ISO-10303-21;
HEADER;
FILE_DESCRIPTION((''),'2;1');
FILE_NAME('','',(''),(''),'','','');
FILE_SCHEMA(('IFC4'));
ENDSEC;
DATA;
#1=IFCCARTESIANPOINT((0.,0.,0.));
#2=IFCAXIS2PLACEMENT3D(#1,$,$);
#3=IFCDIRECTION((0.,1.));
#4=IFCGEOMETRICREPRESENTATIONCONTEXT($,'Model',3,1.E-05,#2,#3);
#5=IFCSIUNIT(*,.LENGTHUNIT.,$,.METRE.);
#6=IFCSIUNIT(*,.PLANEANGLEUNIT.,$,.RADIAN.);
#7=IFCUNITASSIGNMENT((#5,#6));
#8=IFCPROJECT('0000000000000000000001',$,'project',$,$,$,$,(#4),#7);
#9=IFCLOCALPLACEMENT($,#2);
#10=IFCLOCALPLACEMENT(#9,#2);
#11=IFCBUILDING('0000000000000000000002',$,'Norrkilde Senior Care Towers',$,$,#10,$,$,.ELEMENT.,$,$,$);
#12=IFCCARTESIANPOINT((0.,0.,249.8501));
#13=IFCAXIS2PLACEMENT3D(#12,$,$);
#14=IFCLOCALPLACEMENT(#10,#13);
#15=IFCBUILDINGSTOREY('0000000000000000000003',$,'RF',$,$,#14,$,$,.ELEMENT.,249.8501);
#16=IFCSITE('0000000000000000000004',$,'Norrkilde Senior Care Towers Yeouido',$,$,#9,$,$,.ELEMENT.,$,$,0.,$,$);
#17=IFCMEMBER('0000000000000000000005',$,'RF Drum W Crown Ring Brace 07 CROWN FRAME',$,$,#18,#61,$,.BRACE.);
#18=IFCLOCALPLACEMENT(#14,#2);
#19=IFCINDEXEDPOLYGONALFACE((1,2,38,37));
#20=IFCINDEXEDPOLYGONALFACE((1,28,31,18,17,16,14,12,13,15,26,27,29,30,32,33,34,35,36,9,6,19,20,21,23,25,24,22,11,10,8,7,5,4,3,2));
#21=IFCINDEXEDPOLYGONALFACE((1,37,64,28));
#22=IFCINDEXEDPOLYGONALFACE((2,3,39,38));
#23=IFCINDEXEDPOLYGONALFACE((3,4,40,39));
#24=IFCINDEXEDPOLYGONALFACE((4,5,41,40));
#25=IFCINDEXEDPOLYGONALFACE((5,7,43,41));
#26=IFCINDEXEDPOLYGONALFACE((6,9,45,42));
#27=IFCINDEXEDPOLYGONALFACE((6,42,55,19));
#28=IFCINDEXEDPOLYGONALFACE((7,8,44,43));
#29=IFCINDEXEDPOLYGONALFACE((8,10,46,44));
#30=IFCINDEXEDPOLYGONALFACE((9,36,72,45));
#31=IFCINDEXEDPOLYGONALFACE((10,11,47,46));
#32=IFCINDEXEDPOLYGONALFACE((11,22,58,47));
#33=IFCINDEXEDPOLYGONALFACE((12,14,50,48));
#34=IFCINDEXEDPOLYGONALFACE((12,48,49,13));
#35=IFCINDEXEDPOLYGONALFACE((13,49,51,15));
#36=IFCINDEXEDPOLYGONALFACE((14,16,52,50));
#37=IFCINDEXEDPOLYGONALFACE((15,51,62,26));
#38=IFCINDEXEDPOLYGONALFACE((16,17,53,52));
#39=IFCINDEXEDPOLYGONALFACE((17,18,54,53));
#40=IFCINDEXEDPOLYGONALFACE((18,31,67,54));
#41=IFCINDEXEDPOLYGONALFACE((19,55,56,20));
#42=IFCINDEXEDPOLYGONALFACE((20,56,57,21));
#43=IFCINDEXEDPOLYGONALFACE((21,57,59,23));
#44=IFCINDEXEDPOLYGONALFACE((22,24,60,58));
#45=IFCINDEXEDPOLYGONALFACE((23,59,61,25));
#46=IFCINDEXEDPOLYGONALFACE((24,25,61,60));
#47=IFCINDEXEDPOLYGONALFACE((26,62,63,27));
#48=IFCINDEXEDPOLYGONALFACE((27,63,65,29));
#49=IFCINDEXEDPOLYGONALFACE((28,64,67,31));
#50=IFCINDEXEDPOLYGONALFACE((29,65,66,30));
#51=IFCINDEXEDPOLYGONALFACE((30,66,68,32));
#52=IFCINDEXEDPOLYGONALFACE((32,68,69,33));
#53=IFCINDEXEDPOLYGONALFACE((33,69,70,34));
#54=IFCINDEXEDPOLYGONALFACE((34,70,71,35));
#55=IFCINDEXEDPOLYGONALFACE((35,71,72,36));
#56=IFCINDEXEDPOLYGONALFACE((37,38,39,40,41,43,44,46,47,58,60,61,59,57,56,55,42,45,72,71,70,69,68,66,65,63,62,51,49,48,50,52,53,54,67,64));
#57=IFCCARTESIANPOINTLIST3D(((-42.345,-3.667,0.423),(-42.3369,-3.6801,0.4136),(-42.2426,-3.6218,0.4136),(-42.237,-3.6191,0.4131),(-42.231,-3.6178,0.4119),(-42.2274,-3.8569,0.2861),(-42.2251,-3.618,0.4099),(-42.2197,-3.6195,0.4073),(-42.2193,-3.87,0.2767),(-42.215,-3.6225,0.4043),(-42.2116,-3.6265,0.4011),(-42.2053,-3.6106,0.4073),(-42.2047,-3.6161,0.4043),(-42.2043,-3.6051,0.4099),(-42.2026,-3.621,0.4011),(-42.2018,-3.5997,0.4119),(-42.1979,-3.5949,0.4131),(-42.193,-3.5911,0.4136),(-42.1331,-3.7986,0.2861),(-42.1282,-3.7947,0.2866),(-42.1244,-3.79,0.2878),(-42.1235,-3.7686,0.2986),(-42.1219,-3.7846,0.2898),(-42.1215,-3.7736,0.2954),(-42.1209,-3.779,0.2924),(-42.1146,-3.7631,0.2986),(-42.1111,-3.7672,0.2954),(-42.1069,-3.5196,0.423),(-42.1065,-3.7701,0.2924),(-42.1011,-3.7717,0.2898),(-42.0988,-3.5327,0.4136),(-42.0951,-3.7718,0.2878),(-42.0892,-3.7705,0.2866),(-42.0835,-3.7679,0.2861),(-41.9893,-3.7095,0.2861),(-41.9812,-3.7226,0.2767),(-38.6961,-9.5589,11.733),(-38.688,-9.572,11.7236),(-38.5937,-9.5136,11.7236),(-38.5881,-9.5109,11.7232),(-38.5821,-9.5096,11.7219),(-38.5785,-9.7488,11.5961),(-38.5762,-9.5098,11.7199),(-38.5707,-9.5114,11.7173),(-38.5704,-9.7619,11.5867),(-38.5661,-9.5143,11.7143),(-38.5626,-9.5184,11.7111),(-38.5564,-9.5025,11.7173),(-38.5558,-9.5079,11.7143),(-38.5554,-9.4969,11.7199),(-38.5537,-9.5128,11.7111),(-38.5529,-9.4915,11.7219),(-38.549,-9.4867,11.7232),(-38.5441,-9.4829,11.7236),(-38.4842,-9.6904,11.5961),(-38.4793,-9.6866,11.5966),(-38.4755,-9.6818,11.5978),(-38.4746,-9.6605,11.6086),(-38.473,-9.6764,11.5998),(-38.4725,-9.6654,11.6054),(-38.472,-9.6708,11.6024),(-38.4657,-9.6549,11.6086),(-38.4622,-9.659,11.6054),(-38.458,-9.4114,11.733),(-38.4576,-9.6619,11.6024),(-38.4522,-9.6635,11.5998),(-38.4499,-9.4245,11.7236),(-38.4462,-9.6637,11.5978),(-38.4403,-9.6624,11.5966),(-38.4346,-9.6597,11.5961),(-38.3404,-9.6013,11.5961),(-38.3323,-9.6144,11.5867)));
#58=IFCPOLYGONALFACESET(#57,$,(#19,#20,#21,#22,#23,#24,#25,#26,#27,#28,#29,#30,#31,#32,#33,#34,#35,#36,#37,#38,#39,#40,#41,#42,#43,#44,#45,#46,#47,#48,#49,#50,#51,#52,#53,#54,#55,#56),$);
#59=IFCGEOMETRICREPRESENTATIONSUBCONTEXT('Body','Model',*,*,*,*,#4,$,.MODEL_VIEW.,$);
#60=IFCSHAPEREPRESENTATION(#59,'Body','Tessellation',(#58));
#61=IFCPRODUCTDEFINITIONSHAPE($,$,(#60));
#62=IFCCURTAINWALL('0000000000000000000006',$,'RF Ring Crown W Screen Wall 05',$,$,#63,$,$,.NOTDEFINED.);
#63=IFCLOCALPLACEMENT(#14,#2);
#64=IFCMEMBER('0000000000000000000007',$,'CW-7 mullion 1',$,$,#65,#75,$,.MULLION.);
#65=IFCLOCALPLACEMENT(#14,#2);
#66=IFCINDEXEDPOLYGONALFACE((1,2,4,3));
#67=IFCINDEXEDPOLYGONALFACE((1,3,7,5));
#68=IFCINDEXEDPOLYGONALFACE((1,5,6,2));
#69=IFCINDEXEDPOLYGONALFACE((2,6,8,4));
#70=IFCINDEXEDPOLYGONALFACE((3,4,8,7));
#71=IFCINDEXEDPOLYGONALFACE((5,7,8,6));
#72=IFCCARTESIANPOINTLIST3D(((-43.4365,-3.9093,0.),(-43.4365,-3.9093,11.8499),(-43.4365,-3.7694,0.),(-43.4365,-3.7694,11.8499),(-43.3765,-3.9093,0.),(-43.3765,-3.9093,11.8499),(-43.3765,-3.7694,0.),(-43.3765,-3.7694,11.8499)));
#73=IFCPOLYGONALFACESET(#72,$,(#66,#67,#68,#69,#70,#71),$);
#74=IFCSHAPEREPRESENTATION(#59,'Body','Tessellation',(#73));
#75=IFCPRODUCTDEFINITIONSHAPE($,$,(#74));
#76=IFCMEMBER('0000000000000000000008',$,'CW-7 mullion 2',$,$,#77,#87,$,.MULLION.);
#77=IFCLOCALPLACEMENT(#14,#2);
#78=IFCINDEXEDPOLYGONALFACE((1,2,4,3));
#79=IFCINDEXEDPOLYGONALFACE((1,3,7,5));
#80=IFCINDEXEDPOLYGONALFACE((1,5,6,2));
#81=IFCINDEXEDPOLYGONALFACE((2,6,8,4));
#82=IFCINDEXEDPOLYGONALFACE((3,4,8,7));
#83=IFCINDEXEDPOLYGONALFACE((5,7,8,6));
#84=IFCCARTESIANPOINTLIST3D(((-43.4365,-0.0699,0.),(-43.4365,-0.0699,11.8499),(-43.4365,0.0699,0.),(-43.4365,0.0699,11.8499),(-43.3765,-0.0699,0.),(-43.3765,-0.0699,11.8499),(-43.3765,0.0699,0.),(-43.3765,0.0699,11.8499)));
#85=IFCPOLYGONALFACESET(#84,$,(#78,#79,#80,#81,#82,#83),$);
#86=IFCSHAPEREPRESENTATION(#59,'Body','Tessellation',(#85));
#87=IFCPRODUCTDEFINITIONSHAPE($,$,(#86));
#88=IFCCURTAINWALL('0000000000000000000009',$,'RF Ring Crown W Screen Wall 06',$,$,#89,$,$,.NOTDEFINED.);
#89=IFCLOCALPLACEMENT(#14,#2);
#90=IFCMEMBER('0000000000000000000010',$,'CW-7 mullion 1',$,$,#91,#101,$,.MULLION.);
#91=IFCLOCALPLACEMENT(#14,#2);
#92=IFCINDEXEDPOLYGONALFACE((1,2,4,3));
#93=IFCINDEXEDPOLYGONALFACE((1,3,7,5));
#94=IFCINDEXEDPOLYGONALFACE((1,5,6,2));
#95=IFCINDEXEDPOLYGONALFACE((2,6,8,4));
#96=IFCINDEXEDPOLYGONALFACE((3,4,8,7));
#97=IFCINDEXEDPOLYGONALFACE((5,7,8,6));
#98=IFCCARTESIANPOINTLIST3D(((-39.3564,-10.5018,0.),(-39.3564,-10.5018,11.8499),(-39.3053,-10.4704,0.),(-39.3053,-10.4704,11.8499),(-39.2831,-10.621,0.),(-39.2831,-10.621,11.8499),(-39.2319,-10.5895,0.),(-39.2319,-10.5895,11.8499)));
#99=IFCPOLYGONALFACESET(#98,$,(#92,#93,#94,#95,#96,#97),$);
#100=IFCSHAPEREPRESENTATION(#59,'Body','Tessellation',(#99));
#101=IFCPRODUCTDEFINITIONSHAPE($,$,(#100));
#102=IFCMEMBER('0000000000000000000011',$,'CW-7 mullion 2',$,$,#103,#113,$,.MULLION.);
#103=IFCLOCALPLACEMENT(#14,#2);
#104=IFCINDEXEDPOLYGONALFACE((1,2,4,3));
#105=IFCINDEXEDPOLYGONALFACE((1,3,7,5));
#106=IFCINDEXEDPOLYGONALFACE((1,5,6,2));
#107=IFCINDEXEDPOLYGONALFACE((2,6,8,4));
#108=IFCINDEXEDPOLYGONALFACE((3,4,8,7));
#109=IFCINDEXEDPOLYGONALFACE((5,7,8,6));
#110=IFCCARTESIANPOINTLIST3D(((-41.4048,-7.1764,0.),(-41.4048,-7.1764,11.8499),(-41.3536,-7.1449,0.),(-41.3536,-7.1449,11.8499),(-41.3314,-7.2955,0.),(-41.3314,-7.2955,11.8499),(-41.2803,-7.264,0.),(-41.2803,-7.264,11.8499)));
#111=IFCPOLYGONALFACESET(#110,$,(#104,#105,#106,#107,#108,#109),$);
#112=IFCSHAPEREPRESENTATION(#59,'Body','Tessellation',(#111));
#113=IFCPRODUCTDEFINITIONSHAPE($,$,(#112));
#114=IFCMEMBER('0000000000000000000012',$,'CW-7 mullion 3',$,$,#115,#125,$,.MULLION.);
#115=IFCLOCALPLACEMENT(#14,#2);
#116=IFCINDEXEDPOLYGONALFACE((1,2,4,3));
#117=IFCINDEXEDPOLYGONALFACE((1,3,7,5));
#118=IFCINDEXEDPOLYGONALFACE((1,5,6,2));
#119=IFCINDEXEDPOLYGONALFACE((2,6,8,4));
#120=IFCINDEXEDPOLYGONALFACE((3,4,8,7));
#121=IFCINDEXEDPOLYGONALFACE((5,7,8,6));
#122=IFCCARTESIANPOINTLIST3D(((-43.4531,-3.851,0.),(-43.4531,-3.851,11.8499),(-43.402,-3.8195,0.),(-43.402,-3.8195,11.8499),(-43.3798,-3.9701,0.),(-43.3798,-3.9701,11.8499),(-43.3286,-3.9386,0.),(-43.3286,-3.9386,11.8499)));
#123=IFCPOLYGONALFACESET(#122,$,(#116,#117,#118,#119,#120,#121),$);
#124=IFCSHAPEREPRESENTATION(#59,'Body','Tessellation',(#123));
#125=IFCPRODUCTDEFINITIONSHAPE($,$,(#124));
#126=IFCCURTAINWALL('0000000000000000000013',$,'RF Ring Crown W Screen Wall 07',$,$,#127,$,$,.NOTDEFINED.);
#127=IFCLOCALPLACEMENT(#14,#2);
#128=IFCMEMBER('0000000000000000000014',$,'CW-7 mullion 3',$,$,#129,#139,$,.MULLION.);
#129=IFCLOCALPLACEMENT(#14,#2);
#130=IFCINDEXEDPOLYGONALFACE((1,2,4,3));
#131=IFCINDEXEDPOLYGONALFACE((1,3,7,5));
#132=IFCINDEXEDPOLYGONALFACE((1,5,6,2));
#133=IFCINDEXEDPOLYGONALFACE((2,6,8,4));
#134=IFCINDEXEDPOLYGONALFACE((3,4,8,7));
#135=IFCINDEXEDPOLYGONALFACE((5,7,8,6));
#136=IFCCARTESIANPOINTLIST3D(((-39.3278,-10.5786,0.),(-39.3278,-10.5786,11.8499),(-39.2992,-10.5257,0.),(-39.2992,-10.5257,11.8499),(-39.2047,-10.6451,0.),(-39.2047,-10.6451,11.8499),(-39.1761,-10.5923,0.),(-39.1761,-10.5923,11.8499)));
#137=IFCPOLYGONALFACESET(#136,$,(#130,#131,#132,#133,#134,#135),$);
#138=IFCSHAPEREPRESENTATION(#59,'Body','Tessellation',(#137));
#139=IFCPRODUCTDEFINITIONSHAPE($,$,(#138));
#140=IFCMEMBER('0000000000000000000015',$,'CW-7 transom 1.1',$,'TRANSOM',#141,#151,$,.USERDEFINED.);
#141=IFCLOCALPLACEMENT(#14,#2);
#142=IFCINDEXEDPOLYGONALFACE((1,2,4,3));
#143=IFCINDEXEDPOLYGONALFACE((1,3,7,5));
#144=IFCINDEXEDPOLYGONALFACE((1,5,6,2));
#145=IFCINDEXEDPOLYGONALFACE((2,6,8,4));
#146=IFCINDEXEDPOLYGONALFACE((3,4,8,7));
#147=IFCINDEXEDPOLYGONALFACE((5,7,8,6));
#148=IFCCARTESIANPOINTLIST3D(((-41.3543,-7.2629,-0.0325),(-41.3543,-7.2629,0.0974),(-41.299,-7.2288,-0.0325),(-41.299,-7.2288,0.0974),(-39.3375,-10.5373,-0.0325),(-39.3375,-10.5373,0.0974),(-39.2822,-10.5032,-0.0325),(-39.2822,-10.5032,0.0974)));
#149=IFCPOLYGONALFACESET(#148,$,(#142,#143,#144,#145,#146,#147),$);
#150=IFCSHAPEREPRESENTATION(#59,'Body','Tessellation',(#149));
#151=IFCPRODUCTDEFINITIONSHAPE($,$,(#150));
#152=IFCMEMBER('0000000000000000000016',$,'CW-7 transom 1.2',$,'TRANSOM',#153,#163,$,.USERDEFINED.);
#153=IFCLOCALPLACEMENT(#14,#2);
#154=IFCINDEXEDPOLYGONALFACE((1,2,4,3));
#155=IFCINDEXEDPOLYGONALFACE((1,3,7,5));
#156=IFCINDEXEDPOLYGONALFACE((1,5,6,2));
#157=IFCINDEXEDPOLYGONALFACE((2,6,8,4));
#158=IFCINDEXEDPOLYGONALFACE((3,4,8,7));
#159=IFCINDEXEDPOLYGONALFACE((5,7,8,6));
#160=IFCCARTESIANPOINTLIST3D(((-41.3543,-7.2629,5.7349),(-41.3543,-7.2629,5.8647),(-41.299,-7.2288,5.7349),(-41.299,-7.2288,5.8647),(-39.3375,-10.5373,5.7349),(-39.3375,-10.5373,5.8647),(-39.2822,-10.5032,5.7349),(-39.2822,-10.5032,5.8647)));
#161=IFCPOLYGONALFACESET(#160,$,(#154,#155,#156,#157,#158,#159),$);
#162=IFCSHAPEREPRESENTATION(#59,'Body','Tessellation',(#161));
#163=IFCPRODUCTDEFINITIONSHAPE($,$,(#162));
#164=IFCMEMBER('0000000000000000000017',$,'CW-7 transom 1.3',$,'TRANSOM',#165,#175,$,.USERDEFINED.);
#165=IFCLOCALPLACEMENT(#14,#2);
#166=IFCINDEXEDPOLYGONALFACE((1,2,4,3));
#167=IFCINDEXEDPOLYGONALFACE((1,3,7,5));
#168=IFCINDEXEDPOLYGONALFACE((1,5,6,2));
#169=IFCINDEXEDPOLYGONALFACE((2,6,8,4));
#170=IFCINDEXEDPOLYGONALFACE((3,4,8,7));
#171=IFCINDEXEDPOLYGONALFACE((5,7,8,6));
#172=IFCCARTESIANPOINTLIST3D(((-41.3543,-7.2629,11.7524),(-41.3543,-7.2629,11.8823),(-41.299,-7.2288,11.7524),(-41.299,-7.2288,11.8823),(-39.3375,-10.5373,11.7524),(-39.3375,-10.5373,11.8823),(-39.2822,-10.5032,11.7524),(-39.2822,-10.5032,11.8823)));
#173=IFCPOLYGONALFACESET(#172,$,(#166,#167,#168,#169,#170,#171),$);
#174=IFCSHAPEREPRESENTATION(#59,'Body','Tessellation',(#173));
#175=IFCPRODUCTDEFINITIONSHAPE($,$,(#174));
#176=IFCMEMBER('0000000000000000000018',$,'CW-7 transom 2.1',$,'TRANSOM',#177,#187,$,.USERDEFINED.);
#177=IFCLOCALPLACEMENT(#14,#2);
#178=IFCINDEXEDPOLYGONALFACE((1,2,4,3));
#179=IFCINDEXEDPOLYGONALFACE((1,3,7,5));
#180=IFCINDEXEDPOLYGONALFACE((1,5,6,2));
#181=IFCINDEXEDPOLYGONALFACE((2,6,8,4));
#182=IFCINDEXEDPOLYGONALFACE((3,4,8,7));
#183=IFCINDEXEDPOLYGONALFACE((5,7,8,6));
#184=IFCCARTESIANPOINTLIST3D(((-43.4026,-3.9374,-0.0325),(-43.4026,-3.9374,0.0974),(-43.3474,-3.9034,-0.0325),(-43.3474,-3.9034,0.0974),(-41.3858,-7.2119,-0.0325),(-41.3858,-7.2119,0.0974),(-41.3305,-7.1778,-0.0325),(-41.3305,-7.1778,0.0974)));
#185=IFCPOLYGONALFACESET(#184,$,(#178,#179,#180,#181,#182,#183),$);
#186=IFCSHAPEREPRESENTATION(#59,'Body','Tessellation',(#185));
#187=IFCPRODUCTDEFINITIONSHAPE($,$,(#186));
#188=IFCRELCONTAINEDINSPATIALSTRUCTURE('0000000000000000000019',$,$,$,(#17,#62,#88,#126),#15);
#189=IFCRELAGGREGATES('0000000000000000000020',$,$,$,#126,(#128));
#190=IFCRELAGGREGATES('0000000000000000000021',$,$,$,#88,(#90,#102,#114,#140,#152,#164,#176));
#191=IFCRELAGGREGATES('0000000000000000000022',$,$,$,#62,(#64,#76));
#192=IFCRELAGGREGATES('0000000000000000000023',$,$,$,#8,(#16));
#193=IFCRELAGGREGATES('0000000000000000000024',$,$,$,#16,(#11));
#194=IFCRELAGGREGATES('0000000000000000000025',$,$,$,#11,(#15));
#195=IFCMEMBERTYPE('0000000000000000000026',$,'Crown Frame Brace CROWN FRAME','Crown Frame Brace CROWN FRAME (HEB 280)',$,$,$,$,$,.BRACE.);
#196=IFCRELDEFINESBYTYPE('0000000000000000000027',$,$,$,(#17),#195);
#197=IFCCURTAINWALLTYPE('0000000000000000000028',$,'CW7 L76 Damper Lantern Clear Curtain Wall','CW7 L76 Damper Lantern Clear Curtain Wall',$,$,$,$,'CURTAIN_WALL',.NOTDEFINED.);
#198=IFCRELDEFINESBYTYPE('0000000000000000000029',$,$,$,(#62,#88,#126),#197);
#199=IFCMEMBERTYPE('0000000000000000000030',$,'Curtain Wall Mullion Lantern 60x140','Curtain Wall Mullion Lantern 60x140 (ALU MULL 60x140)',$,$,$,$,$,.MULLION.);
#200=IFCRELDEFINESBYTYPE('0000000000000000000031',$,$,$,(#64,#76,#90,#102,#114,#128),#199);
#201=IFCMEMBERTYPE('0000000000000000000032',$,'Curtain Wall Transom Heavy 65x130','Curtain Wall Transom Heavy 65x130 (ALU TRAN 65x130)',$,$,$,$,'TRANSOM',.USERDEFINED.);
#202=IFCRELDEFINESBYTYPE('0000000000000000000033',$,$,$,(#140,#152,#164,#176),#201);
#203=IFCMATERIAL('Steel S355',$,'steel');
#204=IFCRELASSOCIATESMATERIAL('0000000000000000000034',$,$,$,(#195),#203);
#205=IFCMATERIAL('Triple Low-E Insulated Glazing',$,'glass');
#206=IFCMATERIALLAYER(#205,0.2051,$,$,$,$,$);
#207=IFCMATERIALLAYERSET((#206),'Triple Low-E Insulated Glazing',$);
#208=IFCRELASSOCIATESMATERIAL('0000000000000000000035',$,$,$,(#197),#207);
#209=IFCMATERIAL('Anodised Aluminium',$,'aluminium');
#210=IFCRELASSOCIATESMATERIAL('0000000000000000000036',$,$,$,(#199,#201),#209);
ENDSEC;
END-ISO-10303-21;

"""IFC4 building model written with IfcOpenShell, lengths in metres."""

from ifc_helpers import new_model, si_unit, direction, frame, origin, origin_2d, place, context, subcontext, project, spatial, rectangle, i_section, extrude, source, transform, mapped, material, layer, layer_set, material_profile, profile_set, type_object, type_shapes, element, aggregate, save


model = new_model("IFC4")

# Units and contexts
model_context = context("Model", 3, precision=1e-05, world=origin(), true_north=direction((0.0, 1.0)))
body_context = subcontext(model_context, "Body", "Model", "MODEL_VIEW")
ifc_project = project(units=[si_unit("LENGTHUNIT", "METRE"), si_unit("PLANEANGLEUNIT", "RADIAN")], contexts=[model_context])

# Site, building, storey
site_placement = place(None, origin())
site = spatial("IfcSite", under=ifc_project, at=site_placement, Name="Norrkilde Senior Care Towers Yeouido", CompositionType="ELEMENT", RefElevation=0.0)
building_placement = place(site_placement, origin())
building = spatial("IfcBuilding", under=site, at=building_placement, Name="Norrkilde Senior Care Towers", CompositionType="ELEMENT")
storey_placement = place(building_placement, frame((0.0, 0.0, 249.8501)))
storey = spatial("IfcBuildingStorey", under=building, at=storey_placement, Name="RF", CompositionType="ELEMENT", Elevation=249.8501)

# Shared definitions
ifc_material_1 = material(Name="Steel S355", Category="steel")

# Member
ifc_material_profile_1 = material_profile(ifc_material_1, i_section(OverallWidth=0.28, OverallDepth=0.28, WebThickness=0.0105, FlangeThickness=0.0181, FilletRadius=0.0239, at=origin_2d()), Name="HEB 280")
ifc_profile_set_1 = profile_set([ifc_material_profile_1], Name="Steel S355")
member_type_1 = type_object("IfcMemberType", Name="Crown Frame Brace CROWN FRAME", Description="Crown Frame Brace CROWN FRAME (HEB 280)", PredefinedType="BRACE", material=ifc_profile_set_1)
shared_shape_1 = source(origin(), body_context, "Body", "SweptSolid", [
    extrude(i_section(OverallWidth=0.28, OverallDepth=0.28, WebThickness=0.0105, FlangeThickness=0.0181, FilletRadius=0.0239, at=origin_2d()), origin(), (0.0, 0.0, 1.0), 13.2644),
])
type_shapes(member_type_1, [shared_shape_1])
member_1_placement = place(storey_placement, frame((-42.1631, -3.6948, 0.3499), z_axis=(0.27509, -0.444183, 0.852659), x_axis=(0.850162, 0.526521, 0.0)))
element("IfcMember", 1, at=member_1_placement, inside=storey, type_object=member_type_1, Name="RF Drum W Crown Ring Brace 07 CROWN FRAME", PredefinedType="BRACE", context=body_context, shape_type="MappedRepresentation", body=[
    mapped(shared_shape_1, transform((0.0, 0.0, 0.0), x_axis=(1.0, 0.0, 0.0), y_axis=(0.0, 1.0, 0.0), z_axis=(0.0, 0.0, 1.0), scale=1.0)),
])

# Curtain walls, members
ifc_material_2 = material(Name="Triple Low-E Insulated Glazing", Category="glass")
ifc_layer_1 = layer(ifc_material_2, 0.2051)
ifc_layer_set_1 = layer_set([ifc_layer_1], Name="Triple Low-E Insulated Glazing")
curtain_wall_type = type_object("IfcCurtainWallType", Name="CW7 L76 Damper Lantern Clear Curtain Wall", Description="CW7 L76 Damper Lantern Clear Curtain Wall", ElementType="CURTAIN_WALL", PredefinedType="NOTDEFINED", material=ifc_layer_set_1)
curtain_wall_1_placement = place(storey_placement, origin())
curtain_wall_1 = element("IfcCurtainWall", 2, at=curtain_wall_1_placement, inside=storey, type_object=curtain_wall_type, Name="RF Ring Crown W Screen Wall 05", PredefinedType="NOTDEFINED")
ifc_material_3 = material(Name="Anodised Aluminium", Category="aluminium")
ifc_material_profile_2 = material_profile(ifc_material_3, rectangle(XDim=0.0601, YDim=0.1399, at=origin_2d()), Name="ALU MULL 60x140")
ifc_profile_set_2 = profile_set([ifc_material_profile_2], Name="Anodised Aluminium")
member_type_2 = type_object("IfcMemberType", Name="Curtain Wall Mullion Lantern 60x140", Description="Curtain Wall Mullion Lantern 60x140 (ALU MULL 60x140)", PredefinedType="MULLION", material=ifc_profile_set_2)
shared_shape_2 = source(origin(), body_context, "Body", "SweptSolid", [
    extrude(rectangle(XDim=0.0601, YDim=0.1399, at=origin_2d()), origin(), (0.0, 0.0, 1.0), 11.8499),
])
type_shapes(member_type_2, [shared_shape_2])
member_2_placement = place(storey_placement, frame((-43.4065, -3.8394, 0.0), z_axis=(0.0, 0.0, 1.0), x_axis=(-1.0, 0.0, 0.0)))
member_2 = element("IfcMember", 3, at=member_2_placement, type_object=member_type_2, Name="CW-7 mullion 1", PredefinedType="MULLION", context=body_context, shape_type="MappedRepresentation", body=[
    mapped(shared_shape_2, transform((0.0, 0.0, 0.0), x_axis=(1.0, 0.0, 0.0), y_axis=(0.0, 1.0, 0.0), z_axis=(0.0, 0.0, 1.0), scale=1.0)),
])
member_3_placement = place(storey_placement, frame((-43.4065, 0.0, 0.0), z_axis=(0.0, 0.0, 1.0), x_axis=(-1.0, 0.0, 0.0)))
member_3 = element("IfcMember", 4, at=member_3_placement, type_object=member_type_2, Name="CW-7 mullion 2", PredefinedType="MULLION", context=body_context, shape_type="MappedRepresentation", body=[
    mapped(shared_shape_2, transform((0.0, 0.0, 0.0), x_axis=(1.0, 0.0, 0.0), y_axis=(0.0, 1.0, 0.0), z_axis=(0.0, 0.0, 1.0), scale=1.0)),
])
curtain_wall_2_placement = place(storey_placement, origin())
curtain_wall_2 = element("IfcCurtainWall", 5, at=curtain_wall_2_placement, inside=storey, type_object=curtain_wall_type, Name="RF Ring Crown W Screen Wall 06", PredefinedType="NOTDEFINED")
member_4_placement = place(storey_placement, frame((-39.2942, -10.5457, 0.0), z_axis=(0.0, 0.0, 1.0), x_axis=(-0.851436, -0.524458, 0.0)))
member_4 = element("IfcMember", 6, at=member_4_placement, type_object=member_type_2, Name="CW-7 mullion 1", PredefinedType="MULLION", context=body_context, shape_type="MappedRepresentation", body=[
    mapped(shared_shape_2, transform((0.0, 0.0, 0.0), x_axis=(1.0, 0.0, 0.0), y_axis=(0.0, 1.0, 0.0), z_axis=(0.0, 0.0, 1.0), scale=1.0)),
])
member_5_placement = place(storey_placement, frame((-41.3425, -7.2202, 0.0), z_axis=(0.0, 0.0, 1.0), x_axis=(-0.851436, -0.524458, 0.0)))
member_5 = element("IfcMember", 7, at=member_5_placement, type_object=member_type_2, Name="CW-7 mullion 2", PredefinedType="MULLION", context=body_context, shape_type="MappedRepresentation", body=[
    mapped(shared_shape_2, transform((0.0, 0.0, 0.0), x_axis=(1.0, 0.0, 0.0), y_axis=(0.0, 1.0, 0.0), z_axis=(0.0, 0.0, 1.0), scale=1.0)),
])
member_6_placement = place(storey_placement, frame((-43.3909, -3.8948, 0.0), z_axis=(0.0, 0.0, 1.0), x_axis=(-0.851436, -0.524458, 0.0)))
member_6 = element("IfcMember", 8, at=member_6_placement, type_object=member_type_2, Name="CW-7 mullion 3", PredefinedType="MULLION", context=body_context, shape_type="MappedRepresentation", body=[
    mapped(shared_shape_2, transform((0.0, 0.0, 0.0), x_axis=(1.0, 0.0, 0.0), y_axis=(0.0, 1.0, 0.0), z_axis=(0.0, 0.0, 1.0), scale=1.0)),
])

# Curtain wall, member
curtain_wall_3_placement = place(storey_placement, origin())
curtain_wall_3 = element("IfcCurtainWall", 9, at=curtain_wall_3_placement, inside=storey, type_object=curtain_wall_type, Name="RF Ring Crown W Screen Wall 07", PredefinedType="NOTDEFINED")
member_7_placement = place(storey_placement, frame((-39.252, -10.5854, 0.0), z_axis=(0.0, 0.0, 1.0), x_axis=(-0.475934, -0.879481, 0.0)))
member_7 = element("IfcMember", 10, at=member_7_placement, type_object=member_type_2, Name="CW-7 mullion 3", PredefinedType="MULLION", context=body_context, shape_type="MappedRepresentation", body=[
    mapped(shared_shape_2, transform((0.0, 0.0, 0.0), x_axis=(1.0, 0.0, 0.0), y_axis=(0.0, 1.0, 0.0), z_axis=(0.0, 0.0, 1.0), scale=1.0)),
])
aggregate(curtain_wall_3, [member_7])

# Members
ifc_material_profile_3 = material_profile(ifc_material_3, rectangle(XDim=0.0649, YDim=0.1299, at=origin_2d()), Name="ALU TRAN 65x130")
ifc_profile_set_3 = profile_set([ifc_material_profile_3], Name="Anodised Aluminium")
member_type_3 = type_object("IfcMemberType", Name="Curtain Wall Transom Heavy 65x130", Description="Curtain Wall Transom Heavy 65x130 (ALU TRAN 65x130)", ElementType="TRANSOM", PredefinedType="USERDEFINED", material=ifc_profile_set_3)
shared_shape_3 = source(origin(), body_context, "Body", "SweptSolid", [
    extrude(rectangle(XDim=0.0649, YDim=0.1299, at=origin_2d()), origin(), (0.0, 0.0, 1.0), 3.8457),
])
member_8_placement = place(storey_placement, frame((-39.3098, -10.5203, 0.0325), z_axis=(-0.524441, 0.851447, 0.0), x_axis=(-0.851447, -0.524441, 0.0)))
member_8 = element("IfcMember", 11, at=member_8_placement, type_object=member_type_3, Name="CW-7 transom 1.1", ObjectType="TRANSOM", PredefinedType="USERDEFINED", context=body_context, shape_type="MappedRepresentation", body=[
    mapped(shared_shape_3, transform((0.0, 0.0, 0.0), x_axis=(1.0, 0.0, 0.0), y_axis=(0.0, 1.0, 0.0), z_axis=(0.0, 0.0, 1.0), scale=1.0)),
])
member_9_placement = place(storey_placement, frame((-39.3098, -10.5203, 5.7998), z_axis=(-0.524441, 0.851447, 0.0), x_axis=(-0.851447, -0.524441, 0.0)))
member_9 = element("IfcMember", 12, at=member_9_placement, type_object=member_type_3, Name="CW-7 transom 1.2", ObjectType="TRANSOM", PredefinedType="USERDEFINED", context=body_context, shape_type="MappedRepresentation", body=[
    mapped(shared_shape_3, transform((0.0, 0.0, 0.0), x_axis=(1.0, 0.0, 0.0), y_axis=(0.0, 1.0, 0.0), z_axis=(0.0, 0.0, 1.0), scale=1.0)),
])
member_10_placement = place(storey_placement, frame((-39.3098, -10.5203, 11.8174), z_axis=(-0.524441, 0.851447, 0.0), x_axis=(-0.851447, -0.524441, 0.0)))
member_10 = element("IfcMember", 13, at=member_10_placement, type_object=member_type_3, Name="CW-7 transom 1.3", ObjectType="TRANSOM", PredefinedType="USERDEFINED", context=body_context, shape_type="MappedRepresentation", body=[
    mapped(shared_shape_3, transform((0.0, 0.0, 0.0), x_axis=(1.0, 0.0, 0.0), y_axis=(0.0, 1.0, 0.0), z_axis=(0.0, 0.0, 1.0), scale=1.0)),
])
member_11_placement = place(storey_placement, frame((-41.3582, -7.1948, 0.0325), z_axis=(-0.524441, 0.851447, 0.0), x_axis=(-0.851447, -0.524441, 0.0)))
member_11 = element("IfcMember", 14, at=member_11_placement, type_object=member_type_3, Name="CW-7 transom 2.1", ObjectType="TRANSOM", PredefinedType="USERDEFINED", context=body_context, shape_type="MappedRepresentation", body=[
    mapped(shared_shape_3, transform((0.0, 0.0, 0.0), x_axis=(1.0, 0.0, 0.0), y_axis=(0.0, 1.0, 0.0), z_axis=(0.0, 0.0, 1.0), scale=1.0)),
])

aggregate(curtain_wall_2, [member_4, member_5, member_6, member_8, member_9, member_10, member_11])
aggregate(curtain_wall_1, [member_2, member_3])

save(model, "model.ifc")
